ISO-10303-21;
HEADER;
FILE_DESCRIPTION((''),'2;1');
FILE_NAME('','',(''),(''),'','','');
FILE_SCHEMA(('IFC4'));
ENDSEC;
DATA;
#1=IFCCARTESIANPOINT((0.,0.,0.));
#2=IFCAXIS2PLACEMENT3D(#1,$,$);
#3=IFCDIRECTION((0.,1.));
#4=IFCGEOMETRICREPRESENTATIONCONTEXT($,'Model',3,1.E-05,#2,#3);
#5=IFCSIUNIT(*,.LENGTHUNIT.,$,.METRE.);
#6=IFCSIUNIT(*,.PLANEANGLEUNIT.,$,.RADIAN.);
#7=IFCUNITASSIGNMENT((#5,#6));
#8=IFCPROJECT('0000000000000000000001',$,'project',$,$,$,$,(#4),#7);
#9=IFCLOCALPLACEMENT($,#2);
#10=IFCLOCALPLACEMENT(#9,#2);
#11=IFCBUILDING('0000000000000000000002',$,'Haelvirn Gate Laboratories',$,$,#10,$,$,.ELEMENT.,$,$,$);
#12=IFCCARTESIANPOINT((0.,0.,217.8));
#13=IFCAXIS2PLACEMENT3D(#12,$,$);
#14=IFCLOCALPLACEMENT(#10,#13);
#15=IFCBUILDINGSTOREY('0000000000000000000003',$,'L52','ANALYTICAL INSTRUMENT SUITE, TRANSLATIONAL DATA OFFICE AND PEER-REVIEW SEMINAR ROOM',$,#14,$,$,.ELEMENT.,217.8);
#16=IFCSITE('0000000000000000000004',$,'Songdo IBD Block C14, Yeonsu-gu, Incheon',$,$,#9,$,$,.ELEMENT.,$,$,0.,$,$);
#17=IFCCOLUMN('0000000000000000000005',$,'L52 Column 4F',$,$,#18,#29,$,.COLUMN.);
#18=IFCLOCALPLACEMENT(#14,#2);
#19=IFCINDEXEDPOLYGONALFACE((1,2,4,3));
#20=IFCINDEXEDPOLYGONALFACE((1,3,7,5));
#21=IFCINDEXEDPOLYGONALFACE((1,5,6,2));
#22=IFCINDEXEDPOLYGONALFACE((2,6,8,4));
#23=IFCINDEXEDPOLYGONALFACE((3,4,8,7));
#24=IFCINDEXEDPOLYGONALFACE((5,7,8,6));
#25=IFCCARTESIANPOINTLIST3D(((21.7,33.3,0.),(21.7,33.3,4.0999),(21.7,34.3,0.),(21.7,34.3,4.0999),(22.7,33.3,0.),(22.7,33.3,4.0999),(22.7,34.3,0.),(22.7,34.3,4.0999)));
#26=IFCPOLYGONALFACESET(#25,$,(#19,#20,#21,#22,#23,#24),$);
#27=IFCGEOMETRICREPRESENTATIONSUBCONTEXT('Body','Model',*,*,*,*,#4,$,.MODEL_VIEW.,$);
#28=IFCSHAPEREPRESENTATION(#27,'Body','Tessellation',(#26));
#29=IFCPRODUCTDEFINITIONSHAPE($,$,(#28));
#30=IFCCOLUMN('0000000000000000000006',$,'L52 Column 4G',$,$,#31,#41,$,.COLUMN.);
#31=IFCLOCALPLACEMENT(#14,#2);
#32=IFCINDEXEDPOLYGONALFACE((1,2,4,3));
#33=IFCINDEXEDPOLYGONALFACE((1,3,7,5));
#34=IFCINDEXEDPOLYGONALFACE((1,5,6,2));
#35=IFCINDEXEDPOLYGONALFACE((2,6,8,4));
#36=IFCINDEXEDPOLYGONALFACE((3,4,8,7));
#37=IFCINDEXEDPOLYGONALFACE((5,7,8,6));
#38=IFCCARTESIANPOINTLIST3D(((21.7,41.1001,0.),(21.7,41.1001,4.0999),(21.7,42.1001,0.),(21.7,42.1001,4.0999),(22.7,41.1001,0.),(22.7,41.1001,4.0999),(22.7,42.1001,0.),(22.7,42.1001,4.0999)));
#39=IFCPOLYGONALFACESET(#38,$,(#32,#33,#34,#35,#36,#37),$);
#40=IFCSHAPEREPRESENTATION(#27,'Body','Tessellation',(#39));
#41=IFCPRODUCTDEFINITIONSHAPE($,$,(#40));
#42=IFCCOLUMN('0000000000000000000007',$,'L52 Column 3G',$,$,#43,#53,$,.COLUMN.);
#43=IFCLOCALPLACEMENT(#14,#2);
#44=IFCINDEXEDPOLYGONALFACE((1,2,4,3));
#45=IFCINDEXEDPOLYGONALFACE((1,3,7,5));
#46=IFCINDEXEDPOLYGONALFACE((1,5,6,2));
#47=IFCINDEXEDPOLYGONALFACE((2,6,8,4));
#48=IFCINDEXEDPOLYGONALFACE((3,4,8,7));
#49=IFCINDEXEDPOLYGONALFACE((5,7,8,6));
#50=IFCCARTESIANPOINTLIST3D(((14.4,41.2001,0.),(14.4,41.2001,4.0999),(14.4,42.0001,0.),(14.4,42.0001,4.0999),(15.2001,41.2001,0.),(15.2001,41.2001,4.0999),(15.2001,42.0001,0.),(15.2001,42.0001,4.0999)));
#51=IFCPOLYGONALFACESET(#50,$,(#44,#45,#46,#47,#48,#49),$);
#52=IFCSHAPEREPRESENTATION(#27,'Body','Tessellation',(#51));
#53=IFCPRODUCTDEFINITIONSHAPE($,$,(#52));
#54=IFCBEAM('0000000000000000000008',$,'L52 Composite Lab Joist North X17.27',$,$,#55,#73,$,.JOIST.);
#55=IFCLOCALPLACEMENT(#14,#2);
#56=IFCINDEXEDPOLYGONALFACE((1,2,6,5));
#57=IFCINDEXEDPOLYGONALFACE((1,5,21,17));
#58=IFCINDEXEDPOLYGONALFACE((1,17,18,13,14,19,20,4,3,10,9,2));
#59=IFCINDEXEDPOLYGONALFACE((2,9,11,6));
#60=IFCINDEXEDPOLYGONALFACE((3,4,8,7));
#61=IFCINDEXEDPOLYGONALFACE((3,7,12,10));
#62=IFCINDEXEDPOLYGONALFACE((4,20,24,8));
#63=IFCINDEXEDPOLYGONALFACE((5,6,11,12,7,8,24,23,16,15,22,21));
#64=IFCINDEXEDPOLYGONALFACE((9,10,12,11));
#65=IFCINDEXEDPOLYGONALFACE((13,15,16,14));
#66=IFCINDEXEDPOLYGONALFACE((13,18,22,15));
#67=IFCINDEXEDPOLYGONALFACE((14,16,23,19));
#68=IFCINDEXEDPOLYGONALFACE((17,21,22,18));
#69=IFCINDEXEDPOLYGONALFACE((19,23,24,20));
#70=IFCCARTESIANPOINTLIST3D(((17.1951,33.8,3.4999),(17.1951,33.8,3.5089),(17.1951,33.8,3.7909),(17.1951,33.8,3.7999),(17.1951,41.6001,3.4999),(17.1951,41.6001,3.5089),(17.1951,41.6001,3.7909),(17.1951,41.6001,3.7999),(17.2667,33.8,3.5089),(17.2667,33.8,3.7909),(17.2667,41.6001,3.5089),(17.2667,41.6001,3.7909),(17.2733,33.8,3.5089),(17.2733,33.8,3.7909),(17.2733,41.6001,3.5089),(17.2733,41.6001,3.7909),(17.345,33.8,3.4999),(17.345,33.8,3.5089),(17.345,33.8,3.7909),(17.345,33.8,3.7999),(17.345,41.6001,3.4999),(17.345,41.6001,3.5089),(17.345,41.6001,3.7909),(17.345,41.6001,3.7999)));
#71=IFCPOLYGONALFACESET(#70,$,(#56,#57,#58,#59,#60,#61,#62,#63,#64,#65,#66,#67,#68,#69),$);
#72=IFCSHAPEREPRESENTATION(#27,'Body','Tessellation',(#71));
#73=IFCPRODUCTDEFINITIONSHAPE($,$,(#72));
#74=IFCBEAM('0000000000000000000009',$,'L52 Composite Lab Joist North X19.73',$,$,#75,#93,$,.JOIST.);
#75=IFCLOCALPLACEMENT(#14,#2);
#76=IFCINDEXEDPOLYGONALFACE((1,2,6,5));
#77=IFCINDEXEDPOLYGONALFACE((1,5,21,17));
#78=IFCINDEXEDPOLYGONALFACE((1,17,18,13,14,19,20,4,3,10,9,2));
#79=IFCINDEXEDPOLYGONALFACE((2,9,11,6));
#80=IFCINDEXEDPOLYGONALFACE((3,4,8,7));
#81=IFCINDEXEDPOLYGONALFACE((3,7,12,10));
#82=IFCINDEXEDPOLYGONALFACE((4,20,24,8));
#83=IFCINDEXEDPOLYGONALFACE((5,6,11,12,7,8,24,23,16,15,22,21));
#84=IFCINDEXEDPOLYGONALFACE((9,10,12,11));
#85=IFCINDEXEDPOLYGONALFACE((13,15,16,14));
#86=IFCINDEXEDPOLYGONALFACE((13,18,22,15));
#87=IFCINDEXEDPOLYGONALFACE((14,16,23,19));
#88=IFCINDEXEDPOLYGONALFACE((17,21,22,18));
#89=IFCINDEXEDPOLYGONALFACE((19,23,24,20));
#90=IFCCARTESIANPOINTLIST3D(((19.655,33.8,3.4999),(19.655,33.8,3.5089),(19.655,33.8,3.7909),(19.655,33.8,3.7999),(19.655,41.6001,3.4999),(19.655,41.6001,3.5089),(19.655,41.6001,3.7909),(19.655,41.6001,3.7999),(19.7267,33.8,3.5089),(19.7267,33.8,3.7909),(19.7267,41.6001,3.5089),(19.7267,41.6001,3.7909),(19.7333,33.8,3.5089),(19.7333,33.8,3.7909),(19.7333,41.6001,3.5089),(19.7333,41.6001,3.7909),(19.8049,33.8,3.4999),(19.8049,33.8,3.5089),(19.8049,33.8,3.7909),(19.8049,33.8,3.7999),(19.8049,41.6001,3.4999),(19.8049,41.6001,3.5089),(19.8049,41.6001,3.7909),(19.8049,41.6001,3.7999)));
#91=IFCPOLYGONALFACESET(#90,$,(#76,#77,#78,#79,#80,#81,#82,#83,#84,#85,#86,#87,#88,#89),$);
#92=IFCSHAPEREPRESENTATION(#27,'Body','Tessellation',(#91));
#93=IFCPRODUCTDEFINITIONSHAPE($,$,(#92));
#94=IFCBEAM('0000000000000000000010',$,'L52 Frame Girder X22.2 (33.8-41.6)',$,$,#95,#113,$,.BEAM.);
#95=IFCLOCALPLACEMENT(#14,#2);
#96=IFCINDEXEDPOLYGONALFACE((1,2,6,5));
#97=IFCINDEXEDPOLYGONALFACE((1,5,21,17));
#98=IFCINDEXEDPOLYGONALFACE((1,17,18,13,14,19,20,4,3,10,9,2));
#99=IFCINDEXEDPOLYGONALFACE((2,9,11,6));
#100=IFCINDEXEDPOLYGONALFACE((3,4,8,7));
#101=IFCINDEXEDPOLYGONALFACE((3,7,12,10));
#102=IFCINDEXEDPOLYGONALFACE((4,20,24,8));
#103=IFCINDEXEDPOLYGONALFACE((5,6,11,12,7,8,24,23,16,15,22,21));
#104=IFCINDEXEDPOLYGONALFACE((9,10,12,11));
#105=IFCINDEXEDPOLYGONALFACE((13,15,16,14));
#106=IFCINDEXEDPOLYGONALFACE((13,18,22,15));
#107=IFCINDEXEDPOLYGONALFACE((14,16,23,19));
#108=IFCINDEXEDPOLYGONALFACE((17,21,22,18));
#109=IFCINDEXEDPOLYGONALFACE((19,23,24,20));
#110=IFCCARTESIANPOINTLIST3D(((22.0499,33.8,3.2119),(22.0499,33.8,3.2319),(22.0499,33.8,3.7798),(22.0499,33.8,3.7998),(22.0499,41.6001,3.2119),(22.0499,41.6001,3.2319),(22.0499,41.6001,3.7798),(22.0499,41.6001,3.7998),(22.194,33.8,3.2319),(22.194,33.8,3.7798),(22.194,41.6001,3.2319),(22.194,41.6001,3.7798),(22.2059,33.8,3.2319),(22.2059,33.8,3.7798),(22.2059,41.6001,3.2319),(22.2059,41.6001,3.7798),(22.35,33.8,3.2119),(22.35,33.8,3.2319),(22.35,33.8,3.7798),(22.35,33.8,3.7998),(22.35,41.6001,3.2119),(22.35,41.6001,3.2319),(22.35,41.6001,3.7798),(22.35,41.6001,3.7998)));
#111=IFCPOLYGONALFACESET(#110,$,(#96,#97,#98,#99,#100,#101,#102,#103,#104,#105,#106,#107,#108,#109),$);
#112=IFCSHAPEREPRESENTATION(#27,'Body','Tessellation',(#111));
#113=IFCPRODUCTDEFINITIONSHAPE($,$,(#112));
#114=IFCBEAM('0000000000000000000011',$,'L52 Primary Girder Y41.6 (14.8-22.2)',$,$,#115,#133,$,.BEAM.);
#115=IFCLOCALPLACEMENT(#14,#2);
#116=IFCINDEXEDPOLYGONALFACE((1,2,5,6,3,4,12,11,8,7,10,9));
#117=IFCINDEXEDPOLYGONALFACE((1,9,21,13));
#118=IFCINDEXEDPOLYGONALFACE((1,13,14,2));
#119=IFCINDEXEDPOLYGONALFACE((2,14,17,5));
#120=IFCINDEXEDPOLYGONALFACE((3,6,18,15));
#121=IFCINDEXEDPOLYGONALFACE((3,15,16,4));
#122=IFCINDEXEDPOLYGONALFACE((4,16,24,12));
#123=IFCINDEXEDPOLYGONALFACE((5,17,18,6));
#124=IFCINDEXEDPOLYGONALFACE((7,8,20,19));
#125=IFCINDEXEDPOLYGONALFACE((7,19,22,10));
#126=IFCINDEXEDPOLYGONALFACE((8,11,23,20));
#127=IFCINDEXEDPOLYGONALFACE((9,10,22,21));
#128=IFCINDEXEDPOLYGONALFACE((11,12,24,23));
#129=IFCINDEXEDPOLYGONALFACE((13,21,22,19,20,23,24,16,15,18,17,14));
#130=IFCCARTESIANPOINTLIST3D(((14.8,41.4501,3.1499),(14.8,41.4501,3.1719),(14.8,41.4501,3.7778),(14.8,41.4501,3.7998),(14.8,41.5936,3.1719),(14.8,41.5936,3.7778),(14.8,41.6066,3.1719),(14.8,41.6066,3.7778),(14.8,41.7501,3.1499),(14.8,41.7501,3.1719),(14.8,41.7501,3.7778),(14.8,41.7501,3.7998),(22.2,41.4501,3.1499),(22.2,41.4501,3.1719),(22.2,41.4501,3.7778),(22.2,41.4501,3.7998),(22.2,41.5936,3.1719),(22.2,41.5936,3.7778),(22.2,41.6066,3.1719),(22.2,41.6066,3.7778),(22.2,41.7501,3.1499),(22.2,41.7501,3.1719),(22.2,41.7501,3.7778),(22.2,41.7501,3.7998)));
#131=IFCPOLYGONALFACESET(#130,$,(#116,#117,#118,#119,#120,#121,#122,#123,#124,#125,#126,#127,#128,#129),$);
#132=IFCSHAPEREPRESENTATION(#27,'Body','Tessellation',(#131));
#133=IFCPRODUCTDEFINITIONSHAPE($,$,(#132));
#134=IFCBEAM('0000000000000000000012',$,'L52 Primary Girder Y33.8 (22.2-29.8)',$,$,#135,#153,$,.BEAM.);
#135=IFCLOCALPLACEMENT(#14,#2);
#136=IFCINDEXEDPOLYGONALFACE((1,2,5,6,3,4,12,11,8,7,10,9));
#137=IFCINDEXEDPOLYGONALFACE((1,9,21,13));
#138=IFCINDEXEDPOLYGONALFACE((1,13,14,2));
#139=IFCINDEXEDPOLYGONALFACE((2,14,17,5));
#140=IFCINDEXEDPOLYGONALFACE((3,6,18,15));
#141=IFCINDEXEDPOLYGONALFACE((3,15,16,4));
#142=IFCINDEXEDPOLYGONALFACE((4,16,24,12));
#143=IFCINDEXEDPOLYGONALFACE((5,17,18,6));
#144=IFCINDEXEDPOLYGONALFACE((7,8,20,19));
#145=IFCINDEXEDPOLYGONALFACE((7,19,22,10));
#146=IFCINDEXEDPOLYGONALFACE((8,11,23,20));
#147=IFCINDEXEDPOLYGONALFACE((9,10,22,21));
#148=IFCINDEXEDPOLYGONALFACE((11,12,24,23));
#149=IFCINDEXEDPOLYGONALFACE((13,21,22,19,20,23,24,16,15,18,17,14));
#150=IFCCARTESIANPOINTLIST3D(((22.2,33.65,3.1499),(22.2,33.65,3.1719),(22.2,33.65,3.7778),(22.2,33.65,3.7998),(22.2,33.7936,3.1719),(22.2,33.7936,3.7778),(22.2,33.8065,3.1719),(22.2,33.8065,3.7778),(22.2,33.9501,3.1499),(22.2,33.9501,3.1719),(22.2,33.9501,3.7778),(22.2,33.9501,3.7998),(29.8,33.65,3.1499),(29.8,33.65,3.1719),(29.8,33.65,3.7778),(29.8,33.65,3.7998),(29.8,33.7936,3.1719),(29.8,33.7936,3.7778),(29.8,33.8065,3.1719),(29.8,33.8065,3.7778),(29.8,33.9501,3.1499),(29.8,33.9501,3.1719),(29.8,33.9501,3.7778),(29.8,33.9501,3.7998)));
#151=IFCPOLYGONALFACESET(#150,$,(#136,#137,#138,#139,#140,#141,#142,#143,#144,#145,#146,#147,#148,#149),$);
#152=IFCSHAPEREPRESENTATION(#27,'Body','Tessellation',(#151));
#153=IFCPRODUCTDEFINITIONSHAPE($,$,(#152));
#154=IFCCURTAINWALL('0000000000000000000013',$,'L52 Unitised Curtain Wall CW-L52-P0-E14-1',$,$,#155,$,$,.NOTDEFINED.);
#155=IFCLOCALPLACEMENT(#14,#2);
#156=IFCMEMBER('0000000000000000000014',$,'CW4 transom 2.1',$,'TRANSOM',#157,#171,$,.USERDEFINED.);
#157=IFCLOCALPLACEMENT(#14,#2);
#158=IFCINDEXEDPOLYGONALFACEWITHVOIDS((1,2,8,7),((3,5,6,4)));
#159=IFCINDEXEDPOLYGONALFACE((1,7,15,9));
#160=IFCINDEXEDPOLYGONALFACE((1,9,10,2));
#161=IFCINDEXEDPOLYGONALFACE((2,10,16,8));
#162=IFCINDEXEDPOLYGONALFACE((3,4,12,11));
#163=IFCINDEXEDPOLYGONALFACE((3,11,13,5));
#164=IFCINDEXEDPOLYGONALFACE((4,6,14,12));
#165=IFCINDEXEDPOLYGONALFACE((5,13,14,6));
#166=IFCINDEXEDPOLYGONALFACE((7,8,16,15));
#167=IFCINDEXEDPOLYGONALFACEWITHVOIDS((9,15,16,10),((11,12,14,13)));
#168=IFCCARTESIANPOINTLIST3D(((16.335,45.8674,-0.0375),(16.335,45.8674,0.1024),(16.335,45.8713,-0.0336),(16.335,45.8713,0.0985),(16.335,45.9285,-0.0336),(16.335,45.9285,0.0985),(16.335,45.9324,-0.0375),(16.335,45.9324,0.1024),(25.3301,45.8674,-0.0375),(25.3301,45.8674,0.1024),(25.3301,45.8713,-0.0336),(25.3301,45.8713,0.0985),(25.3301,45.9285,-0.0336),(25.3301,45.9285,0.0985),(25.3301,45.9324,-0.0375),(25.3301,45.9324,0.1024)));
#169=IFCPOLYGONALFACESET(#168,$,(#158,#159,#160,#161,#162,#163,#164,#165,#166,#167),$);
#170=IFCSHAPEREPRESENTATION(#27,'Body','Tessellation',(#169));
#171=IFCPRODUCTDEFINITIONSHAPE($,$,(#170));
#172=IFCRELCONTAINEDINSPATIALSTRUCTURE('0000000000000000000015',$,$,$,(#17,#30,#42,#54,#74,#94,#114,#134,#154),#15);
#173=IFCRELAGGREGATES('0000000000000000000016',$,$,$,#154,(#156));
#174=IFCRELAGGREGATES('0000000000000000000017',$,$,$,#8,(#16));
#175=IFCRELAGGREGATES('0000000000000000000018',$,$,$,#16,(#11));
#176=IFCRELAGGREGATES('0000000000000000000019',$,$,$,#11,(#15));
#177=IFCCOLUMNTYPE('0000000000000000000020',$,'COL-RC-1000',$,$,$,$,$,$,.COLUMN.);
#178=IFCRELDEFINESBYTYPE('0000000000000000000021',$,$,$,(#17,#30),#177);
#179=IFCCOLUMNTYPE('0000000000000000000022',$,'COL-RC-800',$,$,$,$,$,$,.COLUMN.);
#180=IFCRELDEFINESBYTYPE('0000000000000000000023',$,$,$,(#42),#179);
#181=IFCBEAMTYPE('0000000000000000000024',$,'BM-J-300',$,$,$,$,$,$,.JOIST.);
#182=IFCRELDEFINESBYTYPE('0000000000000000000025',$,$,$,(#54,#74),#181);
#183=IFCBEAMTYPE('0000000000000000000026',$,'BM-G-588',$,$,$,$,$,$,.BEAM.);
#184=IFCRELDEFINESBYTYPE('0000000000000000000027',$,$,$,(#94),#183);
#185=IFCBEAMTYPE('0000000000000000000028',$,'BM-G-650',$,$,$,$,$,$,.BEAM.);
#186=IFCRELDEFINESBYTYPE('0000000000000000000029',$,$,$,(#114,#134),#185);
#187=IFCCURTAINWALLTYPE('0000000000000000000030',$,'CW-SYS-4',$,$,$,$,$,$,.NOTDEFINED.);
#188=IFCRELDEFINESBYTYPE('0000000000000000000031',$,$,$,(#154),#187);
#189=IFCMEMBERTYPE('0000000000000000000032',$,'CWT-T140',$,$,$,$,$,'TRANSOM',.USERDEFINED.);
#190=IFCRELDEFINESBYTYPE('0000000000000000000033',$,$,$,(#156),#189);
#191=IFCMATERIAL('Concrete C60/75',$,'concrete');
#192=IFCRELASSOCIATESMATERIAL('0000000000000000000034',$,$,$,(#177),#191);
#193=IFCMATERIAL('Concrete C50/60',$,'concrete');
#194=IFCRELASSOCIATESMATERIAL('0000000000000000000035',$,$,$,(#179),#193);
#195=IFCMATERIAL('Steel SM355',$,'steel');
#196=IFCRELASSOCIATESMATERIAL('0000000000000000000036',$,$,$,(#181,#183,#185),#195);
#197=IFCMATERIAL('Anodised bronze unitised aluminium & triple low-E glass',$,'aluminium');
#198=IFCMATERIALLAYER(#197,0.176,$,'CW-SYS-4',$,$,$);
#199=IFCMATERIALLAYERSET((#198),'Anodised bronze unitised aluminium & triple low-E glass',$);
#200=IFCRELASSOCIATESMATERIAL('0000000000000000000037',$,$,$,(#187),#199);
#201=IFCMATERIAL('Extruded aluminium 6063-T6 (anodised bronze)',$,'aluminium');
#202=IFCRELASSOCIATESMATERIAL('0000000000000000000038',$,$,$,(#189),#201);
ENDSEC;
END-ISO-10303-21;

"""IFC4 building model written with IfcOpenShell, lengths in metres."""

from ifc_helpers import new_model, si_unit, direction, frame, origin, origin_2d, place, context, subcontext, project, spatial, rectangle, hollow_rectangle, i_section, extrude, source, transform, mapped, material, layer, layer_set, material_profile, profile_set, type_object, type_shapes, element, aggregate, save


model = new_model("IFC4")

# Units and contexts
model_context = context("Model", 3, precision=1e-05, world=origin(), true_north=direction((0.0, 1.0)))
body_context = subcontext(model_context, "Body", "Model", "MODEL_VIEW")
ifc_project = project(units=[si_unit("LENGTHUNIT", "METRE"), si_unit("PLANEANGLEUNIT", "RADIAN")], contexts=[model_context])

# Site, building, storey
site_placement = place(None, origin())
site = spatial("IfcSite", under=ifc_project, at=site_placement, Name="Songdo IBD Block C14, Yeonsu-gu, Incheon", CompositionType="ELEMENT", RefElevation=0.0)
building_placement = place(site_placement, origin())
building = spatial("IfcBuilding", under=site, at=building_placement, Name="Haelvirn Gate Laboratories", CompositionType="ELEMENT")
storey_placement = place(building_placement, frame((0.0, 0.0, 217.8)))
storey = spatial("IfcBuildingStorey", under=building, at=storey_placement, Name="L52", Description="ANALYTICAL INSTRUMENT SUITE, TRANSLATIONAL DATA OFFICE AND PEER-REVIEW SEMINAR ROOM", CompositionType="ELEMENT", Elevation=217.8)

# Columns
ifc_material_1 = material(Name="Concrete C60/75", Category="concrete")
ifc_material_profile_1 = material_profile(ifc_material_1, rectangle(XDim=1.0, YDim=1.0, at=origin_2d()), Name="RC-1000x1000")
ifc_profile_set_1 = profile_set([ifc_material_profile_1], Name="Concrete C60/75")
column_type_1 = type_object("IfcColumnType", Name="COL-RC-1000", PredefinedType="COLUMN", material=ifc_profile_set_1)
shared_shape_1 = source(origin(), body_context, "Body", "SweptSolid", [
    extrude(rectangle(XDim=1.0, YDim=1.0, at=origin_2d()), origin(), (0.0, 0.0, 1.0), 4.0999),
])
type_shapes(column_type_1, [shared_shape_1])
for number, where, z_axis, x_axis, name in (
    (1, (22.2, 33.8, 0.0), (0.0, 0.0, 1.0), (1.0, 0.0, 0.0), "L52 Column 4F"),
    (2, (22.2, 41.6001, 0.0), (0.0, 0.0, 1.0), (1.0, 0.0, 0.0), "L52 Column 4G"),
):
    element("IfcColumn", number, at=place(storey_placement, frame(where, z_axis=z_axis, x_axis=x_axis)), inside=storey, type_object=column_type_1, Name=name, PredefinedType="COLUMN", context=body_context, shape_type="MappedRepresentation", body=[
        mapped(shared_shape_1, transform((0.0, 0.0, 0.0), scale=1.0)),
    ])
ifc_material_2 = material(Name="Concrete C50/60", Category="concrete")
ifc_material_profile_2 = material_profile(ifc_material_2, rectangle(XDim=0.8, YDim=0.8, at=origin_2d()), Name="RC-800x800")
ifc_profile_set_2 = profile_set([ifc_material_profile_2], Name="Concrete C50/60")
column_type_2 = type_object("IfcColumnType", Name="COL-RC-800", PredefinedType="COLUMN", material=ifc_profile_set_2)
shared_shape_2 = source(origin(), body_context, "Body", "SweptSolid", [
    extrude(rectangle(XDim=0.8, YDim=0.8, at=origin_2d()), origin(), (0.0, 0.0, 1.0), 4.0999),
])
type_shapes(column_type_2, [shared_shape_2])
column_placement = place(storey_placement, frame((14.8, 41.6001, 0.0), z_axis=(0.0, 0.0, 1.0), x_axis=(1.0, 0.0, 0.0)))
element("IfcColumn", 3, at=column_placement, inside=storey, type_object=column_type_2, Name="L52 Column 3G", PredefinedType="COLUMN", context=body_context, shape_type="MappedRepresentation", body=[
    mapped(shared_shape_2, transform((0.0, 0.0, 0.0), scale=1.0)),
])

# Beams
ifc_material_3 = material(Name="Steel SM355", Category="steel")
ifc_material_profile_3 = material_profile(ifc_material_3, i_section(OverallWidth=0.1499, OverallDepth=0.3, WebThickness=0.0066, FlangeThickness=0.009, at=origin_2d()), Name="H-300x150x6.5x9")
ifc_profile_set_3 = profile_set([ifc_material_profile_3], Name="Steel SM355")
beam_type_1 = type_object("IfcBeamType", Name="BM-J-300", PredefinedType="JOIST", material=ifc_profile_set_3)
shared_shape_3 = source(origin(), body_context, "Body", "SweptSolid", [
    extrude(i_section(OverallWidth=0.1499, OverallDepth=0.3, WebThickness=0.0066, FlangeThickness=0.009, at=origin_2d()), origin(), (0.0, 0.0, 1.0), 7.8),
])
type_shapes(beam_type_1, [shared_shape_3])
for number, where, z_axis, x_axis, name in (
    (4, (17.27, 33.8, 3.6499), (0.0, 1.0, 0.0), (-1.0, 0.0, 0.0), "L52 Composite Lab Joist North X17.27"),
    (5, (19.73, 33.8, 3.6499), (0.0, 1.0, 0.0), (-1.0, 0.0, 0.0), "L52 Composite Lab Joist North X19.73"),
):
    element("IfcBeam", number, at=place(storey_placement, frame(where, z_axis=z_axis, x_axis=x_axis)), inside=storey, type_object=beam_type_1, Name=name, PredefinedType="JOIST", context=body_context, shape_type="MappedRepresentation", body=[
        mapped(shared_shape_3, transform((0.0, 0.0, 0.0), scale=1.0)),
    ])
ifc_material_profile_4 = material_profile(ifc_material_3, i_section(OverallWidth=0.3, OverallDepth=0.5879, WebThickness=0.012, FlangeThickness=0.02, at=origin_2d()), Name="H-588x300x12x20")
ifc_profile_set_4 = profile_set([ifc_material_profile_4], Name="Steel SM355")
beam_type_2 = type_object("IfcBeamType", Name="BM-G-588", PredefinedType="BEAM", material=ifc_profile_set_4)
shared_shape_4 = source(origin(), body_context, "Body", "SweptSolid", [
    extrude(i_section(OverallWidth=0.3, OverallDepth=0.5879, WebThickness=0.012, FlangeThickness=0.02, at=origin_2d()), origin(), (0.0, 0.0, 1.0), 7.8),
])
type_shapes(beam_type_2, [shared_shape_4])
beam_1_placement = place(storey_placement, frame((22.2, 33.8, 3.5059), z_axis=(0.0, 1.0, 0.0), x_axis=(-1.0, 0.0, 0.0)))
element("IfcBeam", 6, at=beam_1_placement, inside=storey, type_object=beam_type_2, Name="L52 Frame Girder X22.2 (33.8-41.6)", PredefinedType="BEAM", context=body_context, shape_type="MappedRepresentation", body=[
    mapped(shared_shape_4, transform((0.0, 0.0, 0.0), scale=1.0)),
])
ifc_material_profile_5 = material_profile(ifc_material_3, i_section(OverallWidth=0.3, OverallDepth=0.6499, WebThickness=0.0129, FlangeThickness=0.022, at=origin_2d()), Name="H-650x300x13x22")
ifc_profile_set_5 = profile_set([ifc_material_profile_5], Name="Steel SM355")
beam_type_3 = type_object("IfcBeamType", Name="BM-G-650", PredefinedType="BEAM", material=ifc_profile_set_5)
shared_shape_5 = source(origin(), body_context, "Body", "SweptSolid", [
    extrude(i_section(OverallWidth=0.3, OverallDepth=0.6499, WebThickness=0.0129, FlangeThickness=0.022, at=origin_2d()), origin(), (0.0, 0.0, 1.0), 7.3999),
])
beam_2_placement = place(storey_placement, frame((14.8, 41.6001, 3.4749), z_axis=(1.0, 0.0, 0.0), x_axis=(0.0, 1.0, 0.0)))
element("IfcBeam", 7, at=beam_2_placement, inside=storey, type_object=beam_type_3, Name="L52 Primary Girder Y41.6 (14.8-22.2)", PredefinedType="BEAM", context=body_context, shape_type="MappedRepresentation", body=[
    mapped(shared_shape_5, transform((0.0, 0.0, 0.0), scale=1.0)),
])
shared_shape_6 = source(origin(), body_context, "Body", "SweptSolid", [
    extrude(i_section(OverallWidth=0.3, OverallDepth=0.6499, WebThickness=0.0129, FlangeThickness=0.022, at=origin_2d()), origin(), (0.0, 0.0, 1.0), 7.6001),
])
type_shapes(beam_type_3, [shared_shape_5, shared_shape_6])
beam_3_placement = place(storey_placement, frame((22.2, 33.8, 3.4749), z_axis=(1.0, 0.0, 0.0), x_axis=(0.0, 1.0, 0.0)))
element("IfcBeam", 8, at=beam_3_placement, inside=storey, type_object=beam_type_3, Name="L52 Primary Girder Y33.8 (22.2-29.8)", PredefinedType="BEAM", context=body_context, shape_type="MappedRepresentation", body=[
    mapped(shared_shape_6, transform((0.0, 0.0, 0.0), scale=1.0)),
])

# Curtain wall, member
ifc_material_4 = material(Name="Anodised bronze unitised aluminium & triple low-E glass", Category="aluminium")
ifc_layer_1 = layer(ifc_material_4, 0.176, Name="CW-SYS-4")
ifc_layer_set_1 = layer_set([ifc_layer_1], Name="Anodised bronze unitised aluminium & triple low-E glass")
curtain_wall_type = type_object("IfcCurtainWallType", Name="CW-SYS-4", PredefinedType="NOTDEFINED", material=ifc_layer_set_1)
curtain_wall_placement = place(storey_placement, origin())
curtain_wall = element("IfcCurtainWall", 9, at=curtain_wall_placement, inside=storey, type_object=curtain_wall_type, Name="L52 Unitised Curtain Wall CW-L52-P0-E14-1", PredefinedType="NOTDEFINED")
ifc_material_5 = material(Name="Extruded aluminium 6063-T6 (anodised bronze)", Category="aluminium")
ifc_material_profile_6 = material_profile(ifc_material_5, hollow_rectangle(XDim=0.0649, YDim=0.1399, WallThickness=0.0039, at=origin_2d()), Name="CWT-140x65x4")
ifc_profile_set_6 = profile_set([ifc_material_profile_6], Name="Extruded aluminium 6063-T6 (anodised bronze)")
member_type_1 = type_object("IfcMemberType", Name="CWT-T140", ElementType="TRANSOM", PredefinedType="USERDEFINED", material=ifc_profile_set_6)
shared_shape_7 = source(origin(), body_context, "Body", "SweptSolid", [
    extrude(hollow_rectangle(XDim=0.0649, YDim=0.1399, WallThickness=0.0039, at=origin_2d()), origin(), (0.0, 0.0, 1.0), 8.9951),
])
type_shapes(member_type_1, [shared_shape_7])
member_1_placement = place(storey_placement, frame((16.335, 45.8999, 0.0325), z_axis=(1.0, 0.0, 0.0), x_axis=(0.0, 1.0, 0.0)))
member_1 = element("IfcMember", 10, at=member_1_placement, type_object=member_type_1, Name="CW4 transom 2.1", ObjectType="TRANSOM", PredefinedType="USERDEFINED", context=body_context, shape_type="MappedRepresentation", body=[
    mapped(shared_shape_7, transform((0.0, 0.0, 0.0), scale=1.0)),
])
aggregate(curtain_wall, [member_1])

save(model, "model.ifc")
